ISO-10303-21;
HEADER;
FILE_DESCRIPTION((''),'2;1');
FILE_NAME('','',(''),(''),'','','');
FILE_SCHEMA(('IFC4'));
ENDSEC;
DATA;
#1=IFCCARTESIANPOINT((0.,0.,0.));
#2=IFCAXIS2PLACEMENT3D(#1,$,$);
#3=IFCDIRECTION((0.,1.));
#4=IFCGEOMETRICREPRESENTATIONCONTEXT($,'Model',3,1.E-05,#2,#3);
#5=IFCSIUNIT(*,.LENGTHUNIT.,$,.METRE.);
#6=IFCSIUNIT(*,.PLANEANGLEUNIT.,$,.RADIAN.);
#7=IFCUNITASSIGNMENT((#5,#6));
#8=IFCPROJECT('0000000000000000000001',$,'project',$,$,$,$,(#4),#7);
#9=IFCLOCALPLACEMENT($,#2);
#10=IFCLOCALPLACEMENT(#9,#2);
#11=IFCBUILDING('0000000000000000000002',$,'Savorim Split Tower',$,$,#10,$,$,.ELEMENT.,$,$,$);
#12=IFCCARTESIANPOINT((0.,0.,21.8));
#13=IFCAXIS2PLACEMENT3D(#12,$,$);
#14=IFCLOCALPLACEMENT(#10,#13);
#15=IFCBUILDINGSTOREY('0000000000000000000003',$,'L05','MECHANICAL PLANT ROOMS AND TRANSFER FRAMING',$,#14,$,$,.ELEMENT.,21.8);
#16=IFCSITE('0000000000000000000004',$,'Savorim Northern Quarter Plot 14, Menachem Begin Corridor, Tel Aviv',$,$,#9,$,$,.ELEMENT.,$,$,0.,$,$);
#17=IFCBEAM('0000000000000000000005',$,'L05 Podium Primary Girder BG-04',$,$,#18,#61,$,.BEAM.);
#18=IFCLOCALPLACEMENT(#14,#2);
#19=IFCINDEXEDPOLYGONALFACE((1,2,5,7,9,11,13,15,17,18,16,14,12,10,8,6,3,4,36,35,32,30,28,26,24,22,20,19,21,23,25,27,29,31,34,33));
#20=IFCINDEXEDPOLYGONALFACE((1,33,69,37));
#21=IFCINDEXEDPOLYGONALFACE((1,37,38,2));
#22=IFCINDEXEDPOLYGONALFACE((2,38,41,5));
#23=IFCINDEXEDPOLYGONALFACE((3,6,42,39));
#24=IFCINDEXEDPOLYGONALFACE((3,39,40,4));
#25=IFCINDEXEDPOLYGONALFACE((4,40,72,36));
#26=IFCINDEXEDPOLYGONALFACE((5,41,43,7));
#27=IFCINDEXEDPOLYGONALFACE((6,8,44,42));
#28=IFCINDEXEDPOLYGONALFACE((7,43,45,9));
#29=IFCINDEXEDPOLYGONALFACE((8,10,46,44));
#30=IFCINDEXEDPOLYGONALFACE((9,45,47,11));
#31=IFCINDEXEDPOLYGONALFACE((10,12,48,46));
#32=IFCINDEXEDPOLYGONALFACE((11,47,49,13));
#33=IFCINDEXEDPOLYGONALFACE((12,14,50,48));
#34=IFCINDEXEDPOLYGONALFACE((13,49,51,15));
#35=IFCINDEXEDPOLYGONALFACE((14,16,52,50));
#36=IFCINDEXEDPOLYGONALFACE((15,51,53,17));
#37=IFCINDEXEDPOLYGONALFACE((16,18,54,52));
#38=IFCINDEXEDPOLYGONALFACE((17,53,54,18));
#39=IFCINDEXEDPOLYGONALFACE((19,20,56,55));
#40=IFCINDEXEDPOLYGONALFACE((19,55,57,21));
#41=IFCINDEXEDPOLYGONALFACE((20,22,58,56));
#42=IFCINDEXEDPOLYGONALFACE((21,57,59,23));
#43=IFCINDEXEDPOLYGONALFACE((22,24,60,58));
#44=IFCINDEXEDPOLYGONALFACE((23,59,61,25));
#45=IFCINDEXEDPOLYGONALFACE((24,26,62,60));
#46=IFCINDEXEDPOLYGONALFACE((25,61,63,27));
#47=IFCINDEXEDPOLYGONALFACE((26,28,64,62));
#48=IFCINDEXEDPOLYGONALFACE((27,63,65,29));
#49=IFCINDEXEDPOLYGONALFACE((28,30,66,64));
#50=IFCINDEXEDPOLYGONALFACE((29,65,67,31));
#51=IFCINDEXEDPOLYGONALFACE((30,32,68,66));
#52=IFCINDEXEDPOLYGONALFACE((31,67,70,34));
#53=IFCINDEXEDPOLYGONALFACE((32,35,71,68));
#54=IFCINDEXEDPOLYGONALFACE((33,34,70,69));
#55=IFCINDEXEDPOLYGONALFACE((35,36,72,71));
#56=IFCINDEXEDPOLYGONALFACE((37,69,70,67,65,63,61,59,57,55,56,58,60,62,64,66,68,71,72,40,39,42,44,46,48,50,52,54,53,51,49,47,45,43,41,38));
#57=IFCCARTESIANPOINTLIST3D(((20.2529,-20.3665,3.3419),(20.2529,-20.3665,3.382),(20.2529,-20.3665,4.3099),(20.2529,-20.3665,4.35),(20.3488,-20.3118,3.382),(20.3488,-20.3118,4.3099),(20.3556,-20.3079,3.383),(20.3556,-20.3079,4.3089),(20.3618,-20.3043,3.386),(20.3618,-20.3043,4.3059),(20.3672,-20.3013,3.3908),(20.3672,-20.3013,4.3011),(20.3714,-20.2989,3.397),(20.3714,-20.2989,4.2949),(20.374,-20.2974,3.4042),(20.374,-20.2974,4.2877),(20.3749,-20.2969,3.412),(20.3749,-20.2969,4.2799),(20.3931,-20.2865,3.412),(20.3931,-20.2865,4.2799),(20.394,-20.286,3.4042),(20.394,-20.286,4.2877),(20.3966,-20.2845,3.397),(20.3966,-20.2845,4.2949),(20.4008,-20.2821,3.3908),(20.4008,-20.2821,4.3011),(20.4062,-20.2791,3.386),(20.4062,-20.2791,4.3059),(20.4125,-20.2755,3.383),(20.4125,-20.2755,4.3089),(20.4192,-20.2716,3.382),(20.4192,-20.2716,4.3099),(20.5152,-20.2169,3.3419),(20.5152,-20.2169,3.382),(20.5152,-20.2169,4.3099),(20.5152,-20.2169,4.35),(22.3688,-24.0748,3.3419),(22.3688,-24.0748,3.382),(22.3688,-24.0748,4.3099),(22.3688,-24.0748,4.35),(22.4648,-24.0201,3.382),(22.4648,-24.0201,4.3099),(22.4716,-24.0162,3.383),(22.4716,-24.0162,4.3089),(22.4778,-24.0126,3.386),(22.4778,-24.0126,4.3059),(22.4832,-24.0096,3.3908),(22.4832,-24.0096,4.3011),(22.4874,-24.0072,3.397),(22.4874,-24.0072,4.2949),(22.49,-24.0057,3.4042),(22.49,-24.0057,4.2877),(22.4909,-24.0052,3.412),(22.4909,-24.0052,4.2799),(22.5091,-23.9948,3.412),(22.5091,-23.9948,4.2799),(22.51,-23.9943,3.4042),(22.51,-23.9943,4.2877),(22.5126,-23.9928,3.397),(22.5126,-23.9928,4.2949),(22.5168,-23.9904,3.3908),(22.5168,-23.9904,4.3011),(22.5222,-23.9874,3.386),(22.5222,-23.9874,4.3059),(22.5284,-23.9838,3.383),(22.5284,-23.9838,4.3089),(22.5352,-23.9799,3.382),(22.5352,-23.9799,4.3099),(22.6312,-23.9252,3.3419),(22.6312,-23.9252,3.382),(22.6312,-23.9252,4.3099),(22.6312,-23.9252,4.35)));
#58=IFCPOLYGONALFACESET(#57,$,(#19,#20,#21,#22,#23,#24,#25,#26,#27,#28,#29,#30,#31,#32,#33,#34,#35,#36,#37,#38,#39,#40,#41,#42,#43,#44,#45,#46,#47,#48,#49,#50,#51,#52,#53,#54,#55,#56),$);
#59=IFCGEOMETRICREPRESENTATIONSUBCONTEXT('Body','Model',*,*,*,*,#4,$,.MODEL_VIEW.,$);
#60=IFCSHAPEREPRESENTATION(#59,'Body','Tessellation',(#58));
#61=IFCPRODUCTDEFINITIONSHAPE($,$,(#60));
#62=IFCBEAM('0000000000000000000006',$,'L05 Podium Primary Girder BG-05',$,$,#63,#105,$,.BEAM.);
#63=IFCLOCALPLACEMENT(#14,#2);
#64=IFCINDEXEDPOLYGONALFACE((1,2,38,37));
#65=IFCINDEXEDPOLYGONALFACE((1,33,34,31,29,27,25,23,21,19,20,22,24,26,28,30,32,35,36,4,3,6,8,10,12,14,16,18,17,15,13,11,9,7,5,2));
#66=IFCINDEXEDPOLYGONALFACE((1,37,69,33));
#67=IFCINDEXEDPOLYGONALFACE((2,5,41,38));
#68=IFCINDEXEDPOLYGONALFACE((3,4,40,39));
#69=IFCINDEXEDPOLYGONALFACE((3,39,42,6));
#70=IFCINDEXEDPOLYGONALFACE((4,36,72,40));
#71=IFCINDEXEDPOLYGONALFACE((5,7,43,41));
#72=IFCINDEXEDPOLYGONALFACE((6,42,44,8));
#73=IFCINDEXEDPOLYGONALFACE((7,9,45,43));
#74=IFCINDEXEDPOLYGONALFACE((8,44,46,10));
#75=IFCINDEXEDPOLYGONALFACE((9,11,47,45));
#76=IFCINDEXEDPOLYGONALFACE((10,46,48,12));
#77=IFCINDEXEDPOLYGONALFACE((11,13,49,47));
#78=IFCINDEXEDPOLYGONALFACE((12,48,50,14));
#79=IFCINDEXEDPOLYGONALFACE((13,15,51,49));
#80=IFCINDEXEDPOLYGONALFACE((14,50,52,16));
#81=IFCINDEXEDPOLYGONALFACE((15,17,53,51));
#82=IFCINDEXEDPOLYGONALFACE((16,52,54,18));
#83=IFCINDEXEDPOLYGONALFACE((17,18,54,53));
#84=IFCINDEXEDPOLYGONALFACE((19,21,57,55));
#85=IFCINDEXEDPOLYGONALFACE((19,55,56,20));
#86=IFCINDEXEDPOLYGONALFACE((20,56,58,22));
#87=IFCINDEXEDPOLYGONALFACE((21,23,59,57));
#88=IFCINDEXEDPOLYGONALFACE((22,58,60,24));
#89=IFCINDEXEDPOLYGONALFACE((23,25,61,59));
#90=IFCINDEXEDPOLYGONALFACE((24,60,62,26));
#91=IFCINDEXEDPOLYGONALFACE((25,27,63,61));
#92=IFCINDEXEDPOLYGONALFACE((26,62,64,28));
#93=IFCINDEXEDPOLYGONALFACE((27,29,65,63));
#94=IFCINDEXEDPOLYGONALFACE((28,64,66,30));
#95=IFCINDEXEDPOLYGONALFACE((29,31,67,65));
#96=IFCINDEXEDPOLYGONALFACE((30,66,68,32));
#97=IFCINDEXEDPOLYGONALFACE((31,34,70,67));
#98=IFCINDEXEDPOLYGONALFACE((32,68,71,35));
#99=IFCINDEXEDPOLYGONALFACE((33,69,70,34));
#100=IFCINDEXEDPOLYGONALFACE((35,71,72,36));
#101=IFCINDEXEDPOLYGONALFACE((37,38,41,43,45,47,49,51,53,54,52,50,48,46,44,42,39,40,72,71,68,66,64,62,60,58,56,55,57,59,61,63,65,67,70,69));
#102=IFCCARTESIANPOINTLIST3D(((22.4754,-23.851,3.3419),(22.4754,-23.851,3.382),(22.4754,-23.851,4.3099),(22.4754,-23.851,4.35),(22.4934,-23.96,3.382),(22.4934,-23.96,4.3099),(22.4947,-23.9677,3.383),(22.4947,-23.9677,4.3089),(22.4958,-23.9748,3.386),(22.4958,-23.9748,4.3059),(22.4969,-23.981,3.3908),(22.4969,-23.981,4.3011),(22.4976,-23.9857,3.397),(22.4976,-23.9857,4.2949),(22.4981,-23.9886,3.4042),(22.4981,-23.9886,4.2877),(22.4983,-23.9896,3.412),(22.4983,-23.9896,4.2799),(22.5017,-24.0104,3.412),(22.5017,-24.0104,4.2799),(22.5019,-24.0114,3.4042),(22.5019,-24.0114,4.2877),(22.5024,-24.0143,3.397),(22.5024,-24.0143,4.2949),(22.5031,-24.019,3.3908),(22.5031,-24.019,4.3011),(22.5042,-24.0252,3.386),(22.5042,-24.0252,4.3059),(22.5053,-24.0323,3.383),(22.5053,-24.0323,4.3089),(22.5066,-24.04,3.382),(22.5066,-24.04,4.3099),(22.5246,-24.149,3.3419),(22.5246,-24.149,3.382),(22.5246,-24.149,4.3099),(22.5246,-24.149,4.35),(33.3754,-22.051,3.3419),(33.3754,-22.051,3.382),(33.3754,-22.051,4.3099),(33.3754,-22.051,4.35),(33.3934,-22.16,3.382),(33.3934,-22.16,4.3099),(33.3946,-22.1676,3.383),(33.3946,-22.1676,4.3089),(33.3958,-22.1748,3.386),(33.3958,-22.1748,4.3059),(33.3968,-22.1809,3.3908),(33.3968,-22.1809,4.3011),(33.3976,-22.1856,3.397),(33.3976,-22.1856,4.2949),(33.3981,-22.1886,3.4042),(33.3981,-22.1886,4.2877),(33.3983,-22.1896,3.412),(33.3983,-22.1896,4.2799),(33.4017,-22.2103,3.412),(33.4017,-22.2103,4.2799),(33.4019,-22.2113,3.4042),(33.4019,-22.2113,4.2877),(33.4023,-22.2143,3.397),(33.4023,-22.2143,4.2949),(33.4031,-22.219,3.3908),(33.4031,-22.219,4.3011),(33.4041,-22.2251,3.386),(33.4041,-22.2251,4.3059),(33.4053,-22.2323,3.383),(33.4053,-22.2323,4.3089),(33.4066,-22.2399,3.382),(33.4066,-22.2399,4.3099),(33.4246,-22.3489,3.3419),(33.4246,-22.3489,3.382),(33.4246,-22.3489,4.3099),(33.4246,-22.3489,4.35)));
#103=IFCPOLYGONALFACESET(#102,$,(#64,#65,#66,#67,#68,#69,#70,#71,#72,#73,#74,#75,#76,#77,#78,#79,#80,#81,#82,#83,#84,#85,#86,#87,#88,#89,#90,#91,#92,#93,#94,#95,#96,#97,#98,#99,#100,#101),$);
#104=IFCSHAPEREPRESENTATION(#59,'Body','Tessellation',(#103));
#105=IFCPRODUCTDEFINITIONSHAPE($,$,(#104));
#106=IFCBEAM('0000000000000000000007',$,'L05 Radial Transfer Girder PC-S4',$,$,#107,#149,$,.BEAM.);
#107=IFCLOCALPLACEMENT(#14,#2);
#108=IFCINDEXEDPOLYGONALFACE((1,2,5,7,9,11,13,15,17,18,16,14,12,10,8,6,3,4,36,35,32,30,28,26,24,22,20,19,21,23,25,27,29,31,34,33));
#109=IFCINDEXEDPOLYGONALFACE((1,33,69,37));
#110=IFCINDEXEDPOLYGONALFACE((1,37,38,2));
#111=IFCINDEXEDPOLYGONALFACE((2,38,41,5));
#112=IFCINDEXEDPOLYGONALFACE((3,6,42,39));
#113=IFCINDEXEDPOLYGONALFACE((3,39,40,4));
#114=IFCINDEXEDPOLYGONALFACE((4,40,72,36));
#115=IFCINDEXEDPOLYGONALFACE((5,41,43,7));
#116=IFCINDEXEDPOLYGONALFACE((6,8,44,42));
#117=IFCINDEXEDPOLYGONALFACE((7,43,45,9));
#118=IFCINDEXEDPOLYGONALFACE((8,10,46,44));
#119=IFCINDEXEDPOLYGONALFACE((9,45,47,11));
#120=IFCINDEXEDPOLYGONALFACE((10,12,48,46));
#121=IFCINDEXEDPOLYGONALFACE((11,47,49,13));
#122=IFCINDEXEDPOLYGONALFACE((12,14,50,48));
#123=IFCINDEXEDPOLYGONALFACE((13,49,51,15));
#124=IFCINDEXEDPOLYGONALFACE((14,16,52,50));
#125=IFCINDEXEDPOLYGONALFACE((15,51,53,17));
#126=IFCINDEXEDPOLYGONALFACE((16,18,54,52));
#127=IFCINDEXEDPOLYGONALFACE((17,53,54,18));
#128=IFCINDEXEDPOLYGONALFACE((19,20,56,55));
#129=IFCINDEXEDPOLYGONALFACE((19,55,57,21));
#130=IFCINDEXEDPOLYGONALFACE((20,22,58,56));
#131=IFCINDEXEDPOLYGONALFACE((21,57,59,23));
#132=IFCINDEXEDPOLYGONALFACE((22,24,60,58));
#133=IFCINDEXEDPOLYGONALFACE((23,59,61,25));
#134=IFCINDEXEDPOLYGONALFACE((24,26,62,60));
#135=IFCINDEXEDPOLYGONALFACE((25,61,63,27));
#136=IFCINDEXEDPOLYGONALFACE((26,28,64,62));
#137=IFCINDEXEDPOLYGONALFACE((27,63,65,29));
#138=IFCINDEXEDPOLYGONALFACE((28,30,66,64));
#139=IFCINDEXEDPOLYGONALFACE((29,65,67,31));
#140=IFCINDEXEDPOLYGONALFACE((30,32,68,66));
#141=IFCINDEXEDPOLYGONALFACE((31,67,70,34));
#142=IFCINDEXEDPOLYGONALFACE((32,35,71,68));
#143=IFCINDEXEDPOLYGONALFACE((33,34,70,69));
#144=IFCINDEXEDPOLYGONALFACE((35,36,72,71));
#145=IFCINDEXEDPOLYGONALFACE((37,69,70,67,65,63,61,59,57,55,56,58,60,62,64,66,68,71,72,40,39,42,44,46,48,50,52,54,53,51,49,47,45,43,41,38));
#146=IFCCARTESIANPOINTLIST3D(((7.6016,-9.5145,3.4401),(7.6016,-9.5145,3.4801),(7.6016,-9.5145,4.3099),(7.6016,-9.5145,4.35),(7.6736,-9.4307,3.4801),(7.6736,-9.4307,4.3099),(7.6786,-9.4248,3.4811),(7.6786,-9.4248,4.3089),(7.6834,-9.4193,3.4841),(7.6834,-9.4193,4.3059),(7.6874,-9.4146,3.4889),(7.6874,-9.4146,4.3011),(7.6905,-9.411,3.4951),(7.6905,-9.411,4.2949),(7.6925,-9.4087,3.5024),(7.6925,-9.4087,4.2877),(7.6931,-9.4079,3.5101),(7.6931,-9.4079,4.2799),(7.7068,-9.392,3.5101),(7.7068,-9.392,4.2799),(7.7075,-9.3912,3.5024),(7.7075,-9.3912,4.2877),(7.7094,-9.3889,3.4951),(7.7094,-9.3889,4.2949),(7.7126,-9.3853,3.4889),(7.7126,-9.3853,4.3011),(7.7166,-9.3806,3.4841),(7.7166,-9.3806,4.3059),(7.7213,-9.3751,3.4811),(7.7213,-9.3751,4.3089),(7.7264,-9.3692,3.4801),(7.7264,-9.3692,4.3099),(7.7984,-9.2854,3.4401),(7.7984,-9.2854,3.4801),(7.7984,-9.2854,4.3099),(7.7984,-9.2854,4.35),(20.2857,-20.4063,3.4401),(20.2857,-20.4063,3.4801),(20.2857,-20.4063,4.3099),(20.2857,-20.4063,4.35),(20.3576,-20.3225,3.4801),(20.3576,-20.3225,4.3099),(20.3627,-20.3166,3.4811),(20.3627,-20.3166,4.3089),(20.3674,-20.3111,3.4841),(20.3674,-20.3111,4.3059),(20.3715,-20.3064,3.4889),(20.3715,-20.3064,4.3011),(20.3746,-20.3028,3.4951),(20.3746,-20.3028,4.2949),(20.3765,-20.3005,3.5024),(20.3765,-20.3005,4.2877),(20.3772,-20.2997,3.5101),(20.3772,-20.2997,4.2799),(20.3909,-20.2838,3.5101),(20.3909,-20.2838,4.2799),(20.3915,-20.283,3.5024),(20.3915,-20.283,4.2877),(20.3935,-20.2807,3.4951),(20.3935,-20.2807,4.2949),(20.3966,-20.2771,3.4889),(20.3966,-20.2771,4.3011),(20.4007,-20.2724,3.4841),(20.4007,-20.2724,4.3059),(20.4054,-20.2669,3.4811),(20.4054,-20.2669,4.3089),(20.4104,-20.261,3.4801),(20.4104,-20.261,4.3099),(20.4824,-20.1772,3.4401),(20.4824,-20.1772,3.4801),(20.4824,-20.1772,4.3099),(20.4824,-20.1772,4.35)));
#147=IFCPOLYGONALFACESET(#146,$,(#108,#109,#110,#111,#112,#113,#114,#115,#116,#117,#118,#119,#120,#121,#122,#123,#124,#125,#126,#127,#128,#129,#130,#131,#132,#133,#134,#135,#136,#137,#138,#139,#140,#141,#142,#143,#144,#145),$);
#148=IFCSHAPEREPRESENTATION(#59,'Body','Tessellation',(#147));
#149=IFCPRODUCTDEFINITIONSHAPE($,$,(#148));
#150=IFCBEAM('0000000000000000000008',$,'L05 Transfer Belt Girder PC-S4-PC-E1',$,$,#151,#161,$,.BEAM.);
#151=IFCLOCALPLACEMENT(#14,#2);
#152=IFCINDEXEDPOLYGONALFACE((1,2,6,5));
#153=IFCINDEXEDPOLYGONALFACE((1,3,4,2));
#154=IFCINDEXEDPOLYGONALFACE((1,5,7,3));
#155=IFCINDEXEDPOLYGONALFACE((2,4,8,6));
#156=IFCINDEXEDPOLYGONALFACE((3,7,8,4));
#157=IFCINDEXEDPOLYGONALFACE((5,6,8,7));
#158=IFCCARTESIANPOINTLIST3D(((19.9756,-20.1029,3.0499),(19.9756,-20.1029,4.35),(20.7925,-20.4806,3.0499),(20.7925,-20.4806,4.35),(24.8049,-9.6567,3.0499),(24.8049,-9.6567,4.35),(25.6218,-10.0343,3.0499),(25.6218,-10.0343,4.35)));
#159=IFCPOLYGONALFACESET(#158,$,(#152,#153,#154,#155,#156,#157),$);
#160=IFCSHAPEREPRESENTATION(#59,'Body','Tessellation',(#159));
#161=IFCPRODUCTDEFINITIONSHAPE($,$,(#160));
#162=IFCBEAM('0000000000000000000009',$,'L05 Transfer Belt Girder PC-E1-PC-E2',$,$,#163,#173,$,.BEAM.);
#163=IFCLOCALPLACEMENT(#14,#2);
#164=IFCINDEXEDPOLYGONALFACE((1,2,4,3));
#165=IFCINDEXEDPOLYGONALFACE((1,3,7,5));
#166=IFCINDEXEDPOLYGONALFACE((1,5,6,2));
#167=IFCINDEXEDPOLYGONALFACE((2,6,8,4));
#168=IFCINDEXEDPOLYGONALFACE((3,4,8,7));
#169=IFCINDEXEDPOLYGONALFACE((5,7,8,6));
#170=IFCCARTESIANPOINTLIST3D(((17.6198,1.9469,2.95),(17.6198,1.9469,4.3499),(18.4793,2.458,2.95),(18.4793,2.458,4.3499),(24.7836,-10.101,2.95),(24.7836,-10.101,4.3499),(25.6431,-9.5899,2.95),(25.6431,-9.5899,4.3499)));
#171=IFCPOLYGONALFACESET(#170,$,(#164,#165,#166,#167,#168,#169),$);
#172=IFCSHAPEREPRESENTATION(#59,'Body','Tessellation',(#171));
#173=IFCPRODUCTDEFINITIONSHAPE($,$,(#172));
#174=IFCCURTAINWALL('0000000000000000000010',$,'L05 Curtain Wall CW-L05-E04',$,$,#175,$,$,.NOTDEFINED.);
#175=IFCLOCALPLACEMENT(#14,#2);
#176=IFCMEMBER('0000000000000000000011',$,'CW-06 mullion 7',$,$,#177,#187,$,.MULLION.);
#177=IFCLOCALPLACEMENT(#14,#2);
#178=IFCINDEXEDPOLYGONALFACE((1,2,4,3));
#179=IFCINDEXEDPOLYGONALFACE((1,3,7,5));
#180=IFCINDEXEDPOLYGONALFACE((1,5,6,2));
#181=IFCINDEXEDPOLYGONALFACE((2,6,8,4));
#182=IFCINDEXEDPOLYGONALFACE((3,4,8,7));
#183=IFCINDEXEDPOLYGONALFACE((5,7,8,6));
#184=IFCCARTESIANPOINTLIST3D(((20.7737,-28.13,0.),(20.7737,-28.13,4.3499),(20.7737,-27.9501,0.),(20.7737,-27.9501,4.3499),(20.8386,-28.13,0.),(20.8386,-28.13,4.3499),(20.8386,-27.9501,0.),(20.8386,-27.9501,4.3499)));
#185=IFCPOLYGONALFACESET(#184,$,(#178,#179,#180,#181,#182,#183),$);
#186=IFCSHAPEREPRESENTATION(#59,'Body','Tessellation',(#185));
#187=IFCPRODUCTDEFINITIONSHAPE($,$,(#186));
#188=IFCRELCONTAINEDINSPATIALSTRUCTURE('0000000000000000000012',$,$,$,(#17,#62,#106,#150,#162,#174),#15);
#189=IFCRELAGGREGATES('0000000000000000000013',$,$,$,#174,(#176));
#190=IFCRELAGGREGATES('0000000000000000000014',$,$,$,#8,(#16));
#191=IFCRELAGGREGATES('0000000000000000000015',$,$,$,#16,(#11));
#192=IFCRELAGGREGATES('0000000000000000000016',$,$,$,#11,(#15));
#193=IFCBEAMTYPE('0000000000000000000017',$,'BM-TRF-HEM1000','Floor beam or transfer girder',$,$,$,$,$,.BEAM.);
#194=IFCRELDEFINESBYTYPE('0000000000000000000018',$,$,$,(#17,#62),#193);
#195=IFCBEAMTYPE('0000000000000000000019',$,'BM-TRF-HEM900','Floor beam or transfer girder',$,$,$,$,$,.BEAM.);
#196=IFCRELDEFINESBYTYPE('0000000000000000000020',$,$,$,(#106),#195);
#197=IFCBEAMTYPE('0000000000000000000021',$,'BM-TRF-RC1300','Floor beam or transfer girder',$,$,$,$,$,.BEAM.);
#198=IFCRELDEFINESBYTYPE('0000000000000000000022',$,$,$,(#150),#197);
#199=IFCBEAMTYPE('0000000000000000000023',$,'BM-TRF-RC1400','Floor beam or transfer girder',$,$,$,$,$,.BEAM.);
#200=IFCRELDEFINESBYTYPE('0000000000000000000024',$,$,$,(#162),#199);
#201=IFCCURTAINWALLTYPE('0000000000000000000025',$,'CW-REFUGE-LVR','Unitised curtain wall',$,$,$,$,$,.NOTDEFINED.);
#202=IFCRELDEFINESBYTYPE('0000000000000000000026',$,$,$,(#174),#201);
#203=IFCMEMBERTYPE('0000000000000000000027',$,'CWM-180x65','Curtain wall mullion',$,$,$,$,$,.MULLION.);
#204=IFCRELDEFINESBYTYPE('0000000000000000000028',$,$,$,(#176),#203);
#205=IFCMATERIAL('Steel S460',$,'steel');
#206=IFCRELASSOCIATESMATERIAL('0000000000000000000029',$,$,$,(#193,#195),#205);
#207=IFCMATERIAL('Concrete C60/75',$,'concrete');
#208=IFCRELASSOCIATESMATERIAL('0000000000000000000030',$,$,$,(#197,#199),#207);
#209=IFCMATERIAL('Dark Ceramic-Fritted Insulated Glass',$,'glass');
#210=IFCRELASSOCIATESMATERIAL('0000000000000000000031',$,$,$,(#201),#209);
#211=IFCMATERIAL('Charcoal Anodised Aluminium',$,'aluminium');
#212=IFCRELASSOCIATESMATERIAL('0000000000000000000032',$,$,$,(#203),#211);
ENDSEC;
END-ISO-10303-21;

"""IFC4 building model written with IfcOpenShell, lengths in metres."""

from ifc_helpers import new_model, si_unit, direction, frame, origin, origin_2d, place, context, subcontext, project, spatial, rectangle, i_section, extrude, material, material_profile, profile_set, type_object, element, aggregate, save


model = new_model("IFC4")

# Units and contexts
model_context = context("Model", 3, precision=1e-05, world=origin(), true_north=direction((0.0, 1.0)))
body_context = subcontext(model_context, "Body", "Model", "MODEL_VIEW")
ifc_project = project(units=[si_unit("LENGTHUNIT", "METRE"), si_unit("PLANEANGLEUNIT", "RADIAN")], contexts=[model_context])

# Site, building, storey
site_placement = place(None, origin())
site = spatial("IfcSite", under=ifc_project, at=site_placement, Name="Savorim Northern Quarter Plot 14, Menachem Begin Corridor, Tel Aviv", CompositionType="ELEMENT", RefElevation=0.0)
building_placement = place(site_placement, origin())
building = spatial("IfcBuilding", under=site, at=building_placement, Name="Savorim Split Tower", CompositionType="ELEMENT")
storey_placement = place(building_placement, frame((0.0, 0.0, 21.8)))
storey = spatial("IfcBuildingStorey", under=building, at=storey_placement, Name="L05", Description="MECHANICAL PLANT ROOMS AND TRANSFER FRAMING", CompositionType="ELEMENT", Elevation=21.8)

# Shared definitions
ifc_material_1 = material(Name="Concrete C60/75", Category="concrete")

# Beams
ifc_material_2 = material(Name="Steel S460", Category="steel")
ifc_material_profile_1 = material_profile(ifc_material_2, i_section(OverallWidth=0.302, OverallDepth=1.0081, WebThickness=0.021, FlangeThickness=0.04, FilletRadius=0.03, at=origin_2d()), Name="HE 1000 M")
ifc_profile_set_1 = profile_set([ifc_material_profile_1], Name="Steel S460")
beam_type_1 = type_object("IfcBeamType", Name="BM-TRF-HEM1000", Description="Floor beam or transfer girder", PredefinedType="BEAM", material=ifc_profile_set_1)
beam_1_placement = place(storey_placement, frame((22.5, -24.0, 3.8459), z_axis=(-0.495603, 0.868549, 0.0), x_axis=(-0.868549, -0.495603, 0.0)))
element("IfcBeam", 1, at=beam_1_placement, inside=storey, type_object=beam_type_1, Name="L05 Podium Primary Girder BG-04", PredefinedType="BEAM", context=body_context, shape_type="SweptSolid", body=[
    extrude(i_section(OverallWidth=0.302, OverallDepth=1.0081, WebThickness=0.021, FlangeThickness=0.04, FilletRadius=0.03, at=origin_2d()), origin(), (0.0, 0.0, 1.0), 4.2695),
])
beam_2_placement = place(storey_placement, frame((22.5, -24.0, 3.8459), z_axis=(0.986637, 0.162937, 0.0), x_axis=(-0.162937, 0.986637, 0.0)))
element("IfcBeam", 2, at=beam_2_placement, inside=storey, type_object=beam_type_1, Name="L05 Podium Primary Girder BG-05", PredefinedType="BEAM", context=body_context, shape_type="SweptSolid", body=[
    extrude(i_section(OverallWidth=0.302, OverallDepth=1.0081, WebThickness=0.021, FlangeThickness=0.04, FilletRadius=0.03, at=origin_2d()), origin(), (0.0, 0.0, 1.0), 11.0476),
])
ifc_material_profile_2 = material_profile(ifc_material_2, i_section(OverallWidth=0.302, OverallDepth=0.9099, WebThickness=0.021, FlangeThickness=0.04, FilletRadius=0.03, at=origin_2d()), Name="HE 900 M")
ifc_profile_set_2 = profile_set([ifc_material_profile_2], Name="Steel S460")
beam_type_2 = type_object("IfcBeamType", Name="BM-TRF-HEM900", Description="Floor beam or transfer girder", PredefinedType="BEAM", material=ifc_profile_set_2)
beam_3_placement = place(storey_placement, frame((20.384, -20.2917, 3.895), z_axis=(-0.758672, 0.651473, 0.0), x_axis=(-0.651473, -0.758672, 0.0)))
element("IfcBeam", 3, at=beam_3_placement, inside=storey, type_object=beam_type_2, Name="L05 Radial Transfer Girder PC-S4", PredefinedType="BEAM", context=body_context, shape_type="SweptSolid", body=[
    extrude(i_section(OverallWidth=0.302, OverallDepth=0.9099, WebThickness=0.021, FlangeThickness=0.04, FilletRadius=0.03, at=origin_2d()), origin(), (0.0, 0.0, 1.0), 16.7188),
])
ifc_material_profile_3 = material_profile(ifc_material_1, rectangle(XDim=0.8999, YDim=1.3, at=origin_2d()), Name="RC 900x1300")
ifc_profile_set_3 = profile_set([ifc_material_profile_3], Name="Concrete C60/75")
beam_type_3 = type_object("IfcBeamType", Name="BM-TRF-RC1300", Description="Floor beam or transfer girder", PredefinedType="BEAM", material=ifc_profile_set_3)
beam_4_placement = place(storey_placement, frame((20.384, -20.2917, 3.7), z_axis=(0.41963, 0.907695, 0.0), x_axis=(-0.907695, 0.41963, 0.0)))
element("IfcBeam", 4, at=beam_4_placement, inside=storey, type_object=beam_type_3, Name="L05 Transfer Belt Girder PC-S4-PC-E1", PredefinedType="BEAM", context=body_context, shape_type="SweptSolid", body=[
    extrude(rectangle(XDim=0.8999, YDim=1.3, at=origin_2d()), origin(), (0.0, 0.0, 1.0), 11.5085),
])
ifc_material_profile_4 = material_profile(ifc_material_1, rectangle(XDim=1.0, YDim=1.3999, at=origin_2d()), Name="RC 1000x1400")
ifc_profile_set_4 = profile_set([ifc_material_profile_4], Name="Concrete C60/75")
beam_type_4 = type_object("IfcBeamType", Name="BM-TRF-RC1400", Description="Floor beam or transfer girder", PredefinedType="BEAM", material=ifc_profile_set_4)
beam_5_placement = place(storey_placement, frame((25.2134, -9.8455, 3.6499), z_axis=(-0.511088, 0.859529, 0.0), x_axis=(-0.859529, -0.511088, 0.0)))
element("IfcBeam", 5, at=beam_5_placement, inside=storey, type_object=beam_type_4, Name="L05 Transfer Belt Girder PC-E1-PC-E2", PredefinedType="BEAM", context=body_context, shape_type="SweptSolid", body=[
    extrude(rectangle(XDim=1.0, YDim=1.3999, at=origin_2d()), origin(), (0.0, 0.0, 1.0), 14.0168),
])

# Curtain wall, member
ifc_material_3 = material(Name="Dark Ceramic-Fritted Insulated Glass", Category="glass")
curtain_wall_type = type_object("IfcCurtainWallType", Name="CW-REFUGE-LVR", Description="Unitised curtain wall", PredefinedType="NOTDEFINED", material=ifc_material_3)
curtain_wall_placement = place(storey_placement, origin())
curtain_wall = element("IfcCurtainWall", 6, at=curtain_wall_placement, inside=storey, type_object=curtain_wall_type, Name="L05 Curtain Wall CW-L05-E04", PredefinedType="NOTDEFINED")
ifc_material_4 = material(Name="Charcoal Anodised Aluminium", Category="aluminium")
ifc_material_profile_5 = material_profile(ifc_material_4, rectangle(XDim=0.1799, YDim=0.0649, at=origin_2d()), Name="ALU-M 180x65")
ifc_profile_set_5 = profile_set([ifc_material_profile_5], Name="Charcoal Anodised Aluminium")
member_type_1 = type_object("IfcMemberType", Name="CWM-180x65", Description="Curtain wall mullion", PredefinedType="MULLION", material=ifc_profile_set_5)
member_1_placement = place(storey_placement, frame((20.8062, -28.04, 0.0), z_axis=(0.0, 0.0, 1.0), x_axis=(0.0, 1.0, 0.0)))
member_1 = element("IfcMember", 7, at=member_1_placement, type_object=member_type_1, Name="CW-06 mullion 7", PredefinedType="MULLION", context=body_context, shape_type="SweptSolid", body=[
    extrude(rectangle(XDim=0.1799, YDim=0.0649, at=origin_2d()), origin(), (0.0, 0.0, 1.0), 4.3499),
])

aggregate(curtain_wall, [member_1])

save(model, "model.ifc")
